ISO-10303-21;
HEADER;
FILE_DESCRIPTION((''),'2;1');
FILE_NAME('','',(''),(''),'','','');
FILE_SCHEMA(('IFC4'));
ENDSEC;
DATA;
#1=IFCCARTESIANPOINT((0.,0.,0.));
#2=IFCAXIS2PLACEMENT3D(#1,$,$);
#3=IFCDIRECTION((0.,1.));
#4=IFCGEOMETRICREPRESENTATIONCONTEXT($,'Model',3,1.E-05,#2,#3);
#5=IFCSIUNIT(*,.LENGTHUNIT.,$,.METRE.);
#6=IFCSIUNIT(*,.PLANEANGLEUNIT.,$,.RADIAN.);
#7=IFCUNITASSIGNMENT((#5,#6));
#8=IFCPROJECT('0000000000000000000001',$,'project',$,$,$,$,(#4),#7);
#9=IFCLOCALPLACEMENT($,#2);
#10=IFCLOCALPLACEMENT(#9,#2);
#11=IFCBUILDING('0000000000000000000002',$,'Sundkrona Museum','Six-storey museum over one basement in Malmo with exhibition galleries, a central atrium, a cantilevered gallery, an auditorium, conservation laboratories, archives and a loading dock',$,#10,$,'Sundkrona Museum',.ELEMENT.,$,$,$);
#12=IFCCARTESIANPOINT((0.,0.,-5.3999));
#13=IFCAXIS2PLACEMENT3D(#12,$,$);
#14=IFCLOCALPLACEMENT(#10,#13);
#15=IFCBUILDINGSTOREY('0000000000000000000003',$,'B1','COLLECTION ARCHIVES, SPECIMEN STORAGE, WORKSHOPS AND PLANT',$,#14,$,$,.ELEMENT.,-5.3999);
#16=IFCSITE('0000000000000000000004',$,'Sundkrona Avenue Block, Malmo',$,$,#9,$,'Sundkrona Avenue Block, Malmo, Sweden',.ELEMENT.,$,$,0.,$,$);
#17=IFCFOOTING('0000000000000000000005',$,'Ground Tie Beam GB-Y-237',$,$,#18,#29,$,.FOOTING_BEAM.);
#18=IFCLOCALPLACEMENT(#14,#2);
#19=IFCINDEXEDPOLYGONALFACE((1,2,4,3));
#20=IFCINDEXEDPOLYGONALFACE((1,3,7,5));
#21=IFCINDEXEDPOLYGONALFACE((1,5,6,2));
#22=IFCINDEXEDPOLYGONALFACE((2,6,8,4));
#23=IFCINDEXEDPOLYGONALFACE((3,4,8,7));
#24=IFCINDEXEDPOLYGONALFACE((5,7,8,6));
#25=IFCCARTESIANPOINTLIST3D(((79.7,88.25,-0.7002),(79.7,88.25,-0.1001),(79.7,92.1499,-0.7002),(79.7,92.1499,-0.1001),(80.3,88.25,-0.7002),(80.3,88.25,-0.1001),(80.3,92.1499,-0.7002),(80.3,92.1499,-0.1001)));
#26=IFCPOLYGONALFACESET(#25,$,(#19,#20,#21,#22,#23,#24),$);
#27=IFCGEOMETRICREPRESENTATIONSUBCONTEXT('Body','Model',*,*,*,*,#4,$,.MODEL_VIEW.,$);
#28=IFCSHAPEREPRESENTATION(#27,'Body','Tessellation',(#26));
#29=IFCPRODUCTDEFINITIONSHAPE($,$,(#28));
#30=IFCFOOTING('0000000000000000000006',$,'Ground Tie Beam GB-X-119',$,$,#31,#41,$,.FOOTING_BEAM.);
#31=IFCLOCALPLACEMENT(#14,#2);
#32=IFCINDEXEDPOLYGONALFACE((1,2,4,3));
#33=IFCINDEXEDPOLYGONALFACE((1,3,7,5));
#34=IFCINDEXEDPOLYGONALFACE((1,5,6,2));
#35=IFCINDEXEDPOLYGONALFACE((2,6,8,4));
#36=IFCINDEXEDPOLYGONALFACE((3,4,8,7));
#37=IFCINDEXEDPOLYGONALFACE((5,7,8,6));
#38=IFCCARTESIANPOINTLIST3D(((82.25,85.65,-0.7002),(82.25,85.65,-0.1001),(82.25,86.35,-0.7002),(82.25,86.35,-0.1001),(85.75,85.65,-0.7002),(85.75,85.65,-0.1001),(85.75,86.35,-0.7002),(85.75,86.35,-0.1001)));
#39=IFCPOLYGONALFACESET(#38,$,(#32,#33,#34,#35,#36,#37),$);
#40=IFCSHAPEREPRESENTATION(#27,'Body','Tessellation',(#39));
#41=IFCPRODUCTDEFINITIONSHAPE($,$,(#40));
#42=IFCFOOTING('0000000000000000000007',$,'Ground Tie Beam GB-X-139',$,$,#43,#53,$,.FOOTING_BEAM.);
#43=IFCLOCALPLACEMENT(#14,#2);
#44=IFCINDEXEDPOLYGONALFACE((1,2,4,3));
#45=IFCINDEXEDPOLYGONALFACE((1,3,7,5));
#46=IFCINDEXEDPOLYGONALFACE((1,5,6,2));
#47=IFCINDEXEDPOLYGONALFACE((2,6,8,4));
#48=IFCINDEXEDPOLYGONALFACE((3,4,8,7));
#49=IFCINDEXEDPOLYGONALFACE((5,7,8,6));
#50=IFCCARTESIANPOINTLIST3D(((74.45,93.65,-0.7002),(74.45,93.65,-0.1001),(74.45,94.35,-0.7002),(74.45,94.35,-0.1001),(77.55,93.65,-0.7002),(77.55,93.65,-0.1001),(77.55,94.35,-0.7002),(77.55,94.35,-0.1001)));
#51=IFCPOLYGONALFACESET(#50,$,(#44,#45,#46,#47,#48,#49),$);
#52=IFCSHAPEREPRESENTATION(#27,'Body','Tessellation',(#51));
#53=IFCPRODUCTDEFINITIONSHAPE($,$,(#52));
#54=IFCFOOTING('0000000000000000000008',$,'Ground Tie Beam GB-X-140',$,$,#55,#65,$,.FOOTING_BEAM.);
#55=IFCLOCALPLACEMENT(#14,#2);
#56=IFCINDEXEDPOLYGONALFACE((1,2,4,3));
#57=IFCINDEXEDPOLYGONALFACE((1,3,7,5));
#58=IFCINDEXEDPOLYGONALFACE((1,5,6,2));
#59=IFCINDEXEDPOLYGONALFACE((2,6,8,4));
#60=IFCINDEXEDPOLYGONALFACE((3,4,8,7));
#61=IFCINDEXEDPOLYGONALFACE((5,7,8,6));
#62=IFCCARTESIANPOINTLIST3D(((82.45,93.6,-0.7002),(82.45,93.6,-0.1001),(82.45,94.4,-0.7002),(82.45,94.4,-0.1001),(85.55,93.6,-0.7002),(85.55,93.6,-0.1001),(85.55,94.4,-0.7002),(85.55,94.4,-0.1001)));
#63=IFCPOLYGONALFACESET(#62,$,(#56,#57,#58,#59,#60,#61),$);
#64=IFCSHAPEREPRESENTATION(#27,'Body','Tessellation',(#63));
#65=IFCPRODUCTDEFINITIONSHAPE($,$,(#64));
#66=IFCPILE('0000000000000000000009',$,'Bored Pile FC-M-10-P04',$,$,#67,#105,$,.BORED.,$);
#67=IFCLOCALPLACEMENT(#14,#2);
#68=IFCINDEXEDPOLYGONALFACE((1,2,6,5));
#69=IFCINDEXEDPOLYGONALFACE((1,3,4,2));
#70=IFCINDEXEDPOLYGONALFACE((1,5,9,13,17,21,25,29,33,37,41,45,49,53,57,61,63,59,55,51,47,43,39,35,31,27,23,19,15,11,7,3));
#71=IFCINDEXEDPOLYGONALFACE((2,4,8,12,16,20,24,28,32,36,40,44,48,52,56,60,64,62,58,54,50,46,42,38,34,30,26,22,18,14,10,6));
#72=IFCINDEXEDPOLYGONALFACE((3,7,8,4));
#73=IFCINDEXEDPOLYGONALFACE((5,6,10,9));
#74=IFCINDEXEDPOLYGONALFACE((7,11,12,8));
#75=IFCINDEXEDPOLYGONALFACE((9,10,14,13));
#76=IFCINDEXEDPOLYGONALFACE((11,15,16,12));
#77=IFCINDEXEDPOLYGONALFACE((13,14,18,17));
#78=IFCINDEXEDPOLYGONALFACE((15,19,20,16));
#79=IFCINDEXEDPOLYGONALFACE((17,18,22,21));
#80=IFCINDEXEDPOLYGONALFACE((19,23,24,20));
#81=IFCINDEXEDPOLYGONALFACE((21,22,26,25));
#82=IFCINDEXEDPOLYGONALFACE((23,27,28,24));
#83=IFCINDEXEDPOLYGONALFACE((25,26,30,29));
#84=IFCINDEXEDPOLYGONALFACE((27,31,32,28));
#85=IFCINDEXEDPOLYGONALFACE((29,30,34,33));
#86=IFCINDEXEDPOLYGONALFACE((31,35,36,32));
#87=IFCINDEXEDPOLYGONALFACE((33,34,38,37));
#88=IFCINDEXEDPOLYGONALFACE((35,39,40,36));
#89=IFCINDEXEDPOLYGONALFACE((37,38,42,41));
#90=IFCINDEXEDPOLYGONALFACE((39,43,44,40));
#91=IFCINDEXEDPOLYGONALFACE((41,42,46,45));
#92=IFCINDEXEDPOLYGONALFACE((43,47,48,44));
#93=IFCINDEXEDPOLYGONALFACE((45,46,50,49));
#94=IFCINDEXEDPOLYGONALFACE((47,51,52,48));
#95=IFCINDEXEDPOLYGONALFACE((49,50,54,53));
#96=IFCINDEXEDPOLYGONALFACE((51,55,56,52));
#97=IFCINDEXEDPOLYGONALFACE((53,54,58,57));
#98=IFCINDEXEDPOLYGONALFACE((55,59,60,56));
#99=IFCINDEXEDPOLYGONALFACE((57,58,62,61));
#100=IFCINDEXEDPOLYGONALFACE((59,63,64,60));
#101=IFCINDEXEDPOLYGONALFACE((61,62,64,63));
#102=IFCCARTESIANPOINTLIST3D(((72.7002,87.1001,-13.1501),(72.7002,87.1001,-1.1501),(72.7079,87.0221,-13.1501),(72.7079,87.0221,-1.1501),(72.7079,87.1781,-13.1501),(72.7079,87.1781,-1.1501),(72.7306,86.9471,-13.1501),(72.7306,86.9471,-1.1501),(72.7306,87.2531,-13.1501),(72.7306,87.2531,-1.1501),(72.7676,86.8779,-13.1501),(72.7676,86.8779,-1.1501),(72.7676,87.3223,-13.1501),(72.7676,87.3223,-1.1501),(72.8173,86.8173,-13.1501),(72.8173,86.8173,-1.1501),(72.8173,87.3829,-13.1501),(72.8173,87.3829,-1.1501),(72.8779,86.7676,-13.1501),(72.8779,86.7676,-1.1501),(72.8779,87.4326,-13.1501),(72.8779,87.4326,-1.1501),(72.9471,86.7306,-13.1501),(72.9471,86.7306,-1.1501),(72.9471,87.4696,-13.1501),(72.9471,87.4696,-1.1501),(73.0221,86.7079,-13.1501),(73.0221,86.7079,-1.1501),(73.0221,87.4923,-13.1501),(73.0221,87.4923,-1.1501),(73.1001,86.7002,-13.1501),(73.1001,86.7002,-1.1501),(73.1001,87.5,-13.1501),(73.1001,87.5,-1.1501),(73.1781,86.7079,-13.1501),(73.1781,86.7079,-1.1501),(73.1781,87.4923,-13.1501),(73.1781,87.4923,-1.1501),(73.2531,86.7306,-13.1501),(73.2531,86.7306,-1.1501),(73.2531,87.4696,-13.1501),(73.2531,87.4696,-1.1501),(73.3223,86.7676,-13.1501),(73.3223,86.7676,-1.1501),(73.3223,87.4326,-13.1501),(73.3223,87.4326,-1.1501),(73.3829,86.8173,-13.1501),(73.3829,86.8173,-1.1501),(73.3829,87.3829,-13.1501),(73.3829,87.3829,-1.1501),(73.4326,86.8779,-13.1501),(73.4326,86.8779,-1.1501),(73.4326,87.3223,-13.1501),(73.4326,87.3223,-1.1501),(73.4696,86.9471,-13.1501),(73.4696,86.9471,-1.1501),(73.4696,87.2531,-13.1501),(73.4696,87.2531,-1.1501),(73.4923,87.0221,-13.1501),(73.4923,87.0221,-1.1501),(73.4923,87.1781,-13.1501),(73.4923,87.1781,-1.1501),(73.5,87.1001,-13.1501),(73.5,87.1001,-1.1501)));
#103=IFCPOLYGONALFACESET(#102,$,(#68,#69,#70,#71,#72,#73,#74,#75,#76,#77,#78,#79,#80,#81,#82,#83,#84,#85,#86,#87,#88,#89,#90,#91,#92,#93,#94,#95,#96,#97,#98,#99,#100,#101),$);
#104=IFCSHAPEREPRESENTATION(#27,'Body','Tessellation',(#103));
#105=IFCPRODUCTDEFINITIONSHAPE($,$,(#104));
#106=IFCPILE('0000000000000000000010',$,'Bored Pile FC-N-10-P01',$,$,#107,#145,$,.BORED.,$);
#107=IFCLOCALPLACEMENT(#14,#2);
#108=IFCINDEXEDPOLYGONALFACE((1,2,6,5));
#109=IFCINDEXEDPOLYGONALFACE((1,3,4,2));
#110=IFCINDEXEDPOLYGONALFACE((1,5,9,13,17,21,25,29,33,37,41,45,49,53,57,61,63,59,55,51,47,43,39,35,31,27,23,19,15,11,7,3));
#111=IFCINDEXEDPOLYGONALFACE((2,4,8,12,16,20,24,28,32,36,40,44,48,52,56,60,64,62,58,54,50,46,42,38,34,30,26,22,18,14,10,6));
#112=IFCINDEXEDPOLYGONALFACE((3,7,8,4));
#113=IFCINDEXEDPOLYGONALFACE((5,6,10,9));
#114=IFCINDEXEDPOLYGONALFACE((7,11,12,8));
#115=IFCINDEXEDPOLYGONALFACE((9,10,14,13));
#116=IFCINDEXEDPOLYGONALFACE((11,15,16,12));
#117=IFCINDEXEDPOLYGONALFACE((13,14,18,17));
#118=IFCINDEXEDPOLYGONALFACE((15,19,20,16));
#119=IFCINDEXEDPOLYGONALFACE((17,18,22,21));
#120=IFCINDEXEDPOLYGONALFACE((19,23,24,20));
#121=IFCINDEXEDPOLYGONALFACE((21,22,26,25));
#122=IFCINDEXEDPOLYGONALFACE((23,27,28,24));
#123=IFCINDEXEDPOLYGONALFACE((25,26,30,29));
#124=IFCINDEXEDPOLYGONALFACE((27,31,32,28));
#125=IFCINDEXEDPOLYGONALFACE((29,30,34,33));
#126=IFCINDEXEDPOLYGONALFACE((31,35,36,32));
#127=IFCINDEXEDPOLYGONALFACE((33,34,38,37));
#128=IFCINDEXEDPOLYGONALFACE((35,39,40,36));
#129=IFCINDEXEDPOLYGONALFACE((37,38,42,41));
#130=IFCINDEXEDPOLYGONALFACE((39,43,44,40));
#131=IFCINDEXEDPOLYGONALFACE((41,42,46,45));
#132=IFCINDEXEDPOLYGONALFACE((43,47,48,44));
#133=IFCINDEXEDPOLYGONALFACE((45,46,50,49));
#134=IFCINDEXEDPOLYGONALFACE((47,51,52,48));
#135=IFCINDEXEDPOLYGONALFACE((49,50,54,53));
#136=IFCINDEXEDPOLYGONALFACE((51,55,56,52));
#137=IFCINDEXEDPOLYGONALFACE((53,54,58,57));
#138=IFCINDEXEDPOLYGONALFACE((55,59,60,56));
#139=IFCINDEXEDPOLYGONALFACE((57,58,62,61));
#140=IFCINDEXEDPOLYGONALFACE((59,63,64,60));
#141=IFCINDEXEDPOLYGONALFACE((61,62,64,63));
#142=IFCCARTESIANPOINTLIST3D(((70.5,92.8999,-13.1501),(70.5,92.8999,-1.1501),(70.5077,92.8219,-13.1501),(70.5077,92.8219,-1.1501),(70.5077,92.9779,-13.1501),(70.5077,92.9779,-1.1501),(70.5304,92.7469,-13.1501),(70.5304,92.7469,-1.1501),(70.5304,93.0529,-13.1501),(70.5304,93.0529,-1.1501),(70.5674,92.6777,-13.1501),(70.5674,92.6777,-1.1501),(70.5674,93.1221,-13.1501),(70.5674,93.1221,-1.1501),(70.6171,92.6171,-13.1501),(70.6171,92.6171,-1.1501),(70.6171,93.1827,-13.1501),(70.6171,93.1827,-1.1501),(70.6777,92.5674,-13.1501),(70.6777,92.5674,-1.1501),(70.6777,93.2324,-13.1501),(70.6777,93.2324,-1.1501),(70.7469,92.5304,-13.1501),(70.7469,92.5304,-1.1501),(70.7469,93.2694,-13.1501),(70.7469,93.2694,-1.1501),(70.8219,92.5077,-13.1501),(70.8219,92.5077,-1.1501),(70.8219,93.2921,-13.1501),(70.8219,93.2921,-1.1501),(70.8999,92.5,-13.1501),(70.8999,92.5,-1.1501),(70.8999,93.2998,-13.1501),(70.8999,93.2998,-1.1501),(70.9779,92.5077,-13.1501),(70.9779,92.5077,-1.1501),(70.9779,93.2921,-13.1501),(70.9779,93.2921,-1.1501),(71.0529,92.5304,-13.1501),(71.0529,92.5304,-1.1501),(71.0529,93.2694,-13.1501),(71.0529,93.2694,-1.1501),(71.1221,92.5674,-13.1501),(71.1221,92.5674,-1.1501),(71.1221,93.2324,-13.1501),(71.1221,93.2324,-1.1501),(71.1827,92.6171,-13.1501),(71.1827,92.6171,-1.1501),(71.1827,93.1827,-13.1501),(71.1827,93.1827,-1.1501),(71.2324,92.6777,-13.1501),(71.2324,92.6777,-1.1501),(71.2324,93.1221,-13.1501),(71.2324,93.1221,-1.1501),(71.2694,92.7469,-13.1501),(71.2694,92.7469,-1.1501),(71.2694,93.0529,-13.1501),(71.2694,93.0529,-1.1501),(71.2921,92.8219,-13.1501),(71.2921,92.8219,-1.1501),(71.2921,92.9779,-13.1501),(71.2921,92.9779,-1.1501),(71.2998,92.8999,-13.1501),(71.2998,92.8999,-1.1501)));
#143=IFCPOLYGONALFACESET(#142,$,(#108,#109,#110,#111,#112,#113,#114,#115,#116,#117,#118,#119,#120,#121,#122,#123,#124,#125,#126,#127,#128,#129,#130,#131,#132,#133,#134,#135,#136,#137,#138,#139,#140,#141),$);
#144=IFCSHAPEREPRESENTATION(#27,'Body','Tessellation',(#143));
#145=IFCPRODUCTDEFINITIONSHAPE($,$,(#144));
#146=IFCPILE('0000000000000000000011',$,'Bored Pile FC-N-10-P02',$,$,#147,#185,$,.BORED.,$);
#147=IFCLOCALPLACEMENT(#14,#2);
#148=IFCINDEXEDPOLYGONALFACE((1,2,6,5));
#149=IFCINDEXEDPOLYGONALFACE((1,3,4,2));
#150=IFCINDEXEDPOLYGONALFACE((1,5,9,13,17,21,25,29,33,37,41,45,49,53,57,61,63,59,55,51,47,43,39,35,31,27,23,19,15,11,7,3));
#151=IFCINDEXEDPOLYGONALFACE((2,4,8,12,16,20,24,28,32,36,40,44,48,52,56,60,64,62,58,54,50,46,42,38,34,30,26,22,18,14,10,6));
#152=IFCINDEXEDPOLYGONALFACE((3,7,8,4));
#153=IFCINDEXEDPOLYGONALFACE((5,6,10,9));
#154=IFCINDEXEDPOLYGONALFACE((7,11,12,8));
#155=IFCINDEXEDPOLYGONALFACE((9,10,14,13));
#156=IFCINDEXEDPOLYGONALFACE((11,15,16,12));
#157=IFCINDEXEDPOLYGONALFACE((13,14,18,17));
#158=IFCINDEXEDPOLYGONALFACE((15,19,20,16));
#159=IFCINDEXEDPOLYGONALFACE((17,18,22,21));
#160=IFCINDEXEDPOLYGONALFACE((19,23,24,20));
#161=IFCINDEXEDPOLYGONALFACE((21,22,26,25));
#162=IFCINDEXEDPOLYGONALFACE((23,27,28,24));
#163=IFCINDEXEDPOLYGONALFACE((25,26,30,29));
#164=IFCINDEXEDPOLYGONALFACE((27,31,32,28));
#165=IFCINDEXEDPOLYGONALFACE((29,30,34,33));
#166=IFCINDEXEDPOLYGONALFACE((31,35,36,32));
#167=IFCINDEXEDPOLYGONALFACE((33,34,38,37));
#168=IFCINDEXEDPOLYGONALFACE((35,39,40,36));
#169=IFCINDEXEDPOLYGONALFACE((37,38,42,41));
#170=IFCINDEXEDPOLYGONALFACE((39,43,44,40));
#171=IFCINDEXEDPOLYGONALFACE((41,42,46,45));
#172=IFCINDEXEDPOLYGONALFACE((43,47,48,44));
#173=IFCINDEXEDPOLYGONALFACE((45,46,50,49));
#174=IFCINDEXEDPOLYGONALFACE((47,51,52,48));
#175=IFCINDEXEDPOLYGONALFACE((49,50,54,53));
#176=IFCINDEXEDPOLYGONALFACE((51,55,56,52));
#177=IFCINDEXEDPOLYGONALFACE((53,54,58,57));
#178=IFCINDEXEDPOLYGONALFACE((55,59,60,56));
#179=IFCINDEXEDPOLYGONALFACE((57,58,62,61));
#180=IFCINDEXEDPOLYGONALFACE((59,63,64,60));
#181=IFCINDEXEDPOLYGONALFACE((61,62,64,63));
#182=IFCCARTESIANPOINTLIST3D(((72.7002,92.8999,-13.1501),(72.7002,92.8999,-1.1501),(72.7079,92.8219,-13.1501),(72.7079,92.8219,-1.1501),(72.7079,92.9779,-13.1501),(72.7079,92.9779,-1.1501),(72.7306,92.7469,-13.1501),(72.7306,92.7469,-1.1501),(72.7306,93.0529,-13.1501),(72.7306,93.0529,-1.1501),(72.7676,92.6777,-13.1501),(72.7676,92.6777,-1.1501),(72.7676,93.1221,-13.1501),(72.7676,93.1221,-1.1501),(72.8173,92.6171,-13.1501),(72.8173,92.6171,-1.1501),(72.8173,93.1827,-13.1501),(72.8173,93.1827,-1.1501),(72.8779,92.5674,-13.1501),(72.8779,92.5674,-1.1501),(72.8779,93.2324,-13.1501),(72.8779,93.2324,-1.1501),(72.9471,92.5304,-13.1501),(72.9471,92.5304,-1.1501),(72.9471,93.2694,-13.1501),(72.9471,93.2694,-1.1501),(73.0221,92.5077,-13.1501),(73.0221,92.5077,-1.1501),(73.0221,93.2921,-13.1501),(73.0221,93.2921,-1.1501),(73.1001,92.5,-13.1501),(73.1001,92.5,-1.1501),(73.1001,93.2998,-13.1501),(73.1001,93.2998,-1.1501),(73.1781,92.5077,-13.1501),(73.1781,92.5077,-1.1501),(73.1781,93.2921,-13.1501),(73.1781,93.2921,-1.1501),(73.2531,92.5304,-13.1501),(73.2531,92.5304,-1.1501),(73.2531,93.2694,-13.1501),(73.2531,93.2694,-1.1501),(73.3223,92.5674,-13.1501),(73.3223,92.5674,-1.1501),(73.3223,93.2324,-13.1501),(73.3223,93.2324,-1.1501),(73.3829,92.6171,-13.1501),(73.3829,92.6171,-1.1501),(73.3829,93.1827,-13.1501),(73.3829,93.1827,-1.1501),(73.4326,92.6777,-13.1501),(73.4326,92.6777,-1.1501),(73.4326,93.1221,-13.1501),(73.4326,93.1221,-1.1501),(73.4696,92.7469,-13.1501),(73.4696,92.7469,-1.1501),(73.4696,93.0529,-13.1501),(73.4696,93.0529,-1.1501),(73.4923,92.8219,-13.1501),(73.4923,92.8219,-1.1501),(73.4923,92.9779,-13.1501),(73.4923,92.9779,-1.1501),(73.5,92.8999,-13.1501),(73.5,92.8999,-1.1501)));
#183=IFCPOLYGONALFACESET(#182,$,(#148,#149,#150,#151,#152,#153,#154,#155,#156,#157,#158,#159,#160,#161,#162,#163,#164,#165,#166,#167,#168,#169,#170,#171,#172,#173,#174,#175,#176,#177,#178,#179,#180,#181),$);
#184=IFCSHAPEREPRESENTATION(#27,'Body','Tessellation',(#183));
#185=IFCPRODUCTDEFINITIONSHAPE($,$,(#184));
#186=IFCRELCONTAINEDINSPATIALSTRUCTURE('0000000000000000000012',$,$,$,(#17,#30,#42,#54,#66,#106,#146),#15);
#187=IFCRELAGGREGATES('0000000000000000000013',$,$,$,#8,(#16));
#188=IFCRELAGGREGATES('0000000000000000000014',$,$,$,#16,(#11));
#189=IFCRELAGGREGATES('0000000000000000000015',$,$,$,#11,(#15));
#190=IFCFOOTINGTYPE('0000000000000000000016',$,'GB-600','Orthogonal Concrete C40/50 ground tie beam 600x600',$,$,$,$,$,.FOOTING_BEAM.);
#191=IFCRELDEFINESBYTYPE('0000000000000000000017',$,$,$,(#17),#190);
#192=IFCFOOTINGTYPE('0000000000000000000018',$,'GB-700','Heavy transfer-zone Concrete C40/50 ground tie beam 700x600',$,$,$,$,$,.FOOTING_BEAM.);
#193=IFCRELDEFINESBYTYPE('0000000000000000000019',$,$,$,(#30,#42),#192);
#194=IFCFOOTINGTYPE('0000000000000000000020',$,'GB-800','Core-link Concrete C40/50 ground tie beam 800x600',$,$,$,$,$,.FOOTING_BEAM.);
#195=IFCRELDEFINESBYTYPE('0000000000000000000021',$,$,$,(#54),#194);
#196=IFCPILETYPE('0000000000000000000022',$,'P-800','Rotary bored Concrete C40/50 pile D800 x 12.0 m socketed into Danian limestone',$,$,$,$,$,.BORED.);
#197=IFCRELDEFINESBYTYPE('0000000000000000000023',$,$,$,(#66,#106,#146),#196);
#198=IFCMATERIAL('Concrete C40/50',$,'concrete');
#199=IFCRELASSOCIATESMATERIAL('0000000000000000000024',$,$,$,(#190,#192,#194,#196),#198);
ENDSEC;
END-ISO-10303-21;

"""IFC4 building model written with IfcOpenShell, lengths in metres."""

from ifc_helpers import new_model, si_unit, direction, frame, origin, origin_2d, place, context, subcontext, project, spatial, rectangle, circle, extrude, material, material_profile, profile_set, type_object, element, save


model = new_model("IFC4")

# Units and contexts
model_context = context("Model", 3, precision=1e-05, world=origin(), true_north=direction((0.0, 1.0)))
body_context = subcontext(model_context, "Body", "Model", "MODEL_VIEW")
ifc_project = project(units=[si_unit("LENGTHUNIT", "METRE"), si_unit("PLANEANGLEUNIT", "RADIAN")], contexts=[model_context])

# Site, building, storey
site_placement = place(None, origin())
site = spatial("IfcSite", under=ifc_project, at=site_placement, Name="Sundkrona Avenue Block, Malmo", LongName="Sundkrona Avenue Block, Malmo, Sweden", CompositionType="ELEMENT", RefElevation=0.0)
building_placement = place(site_placement, origin())
building = spatial("IfcBuilding", under=site, at=building_placement, Name="Sundkrona Museum", Description="Six-storey museum over one basement in Malmo with exhibition galleries, a central atrium, a cantilevered gallery, an auditorium, conservation laboratories, archives and a loading dock", LongName="Sundkrona Museum", CompositionType="ELEMENT")
storey_placement = place(building_placement, frame((0.0, 0.0, -5.3999)))
storey = spatial("IfcBuildingStorey", under=building, at=storey_placement, Name="B1", Description="COLLECTION ARCHIVES, SPECIMEN STORAGE, WORKSHOPS AND PLANT", CompositionType="ELEMENT", Elevation=-5.3999)

# Footings
ifc_material_1 = material(Name="Concrete C40/50", Category="concrete")
footing_type_1 = type_object("IfcFootingType", Name="GB-600", Description="Orthogonal Concrete C40/50 ground tie beam 600x600", PredefinedType="FOOTING_BEAM", material=ifc_material_1)
footing_1_placement = place(storey_placement, frame((80.0, 90.2, -0.7002), z_axis=(0.0, 0.0, 1.0), x_axis=(0.0, 1.0, 0.0)))
element("IfcFooting", 1, at=footing_1_placement, inside=storey, type_object=footing_type_1, Name="Ground Tie Beam GB-Y-237", PredefinedType="FOOTING_BEAM", context=body_context, shape_type="SweptSolid", body=[
    extrude(rectangle(XDim=3.8999, YDim=0.6001, at=origin_2d()), origin(), (0.0, 0.0, 1.0), 0.6001),
])
footing_type_2 = type_object("IfcFootingType", Name="GB-700", Description="Heavy transfer-zone Concrete C40/50 ground tie beam 700x600", PredefinedType="FOOTING_BEAM", material=ifc_material_1)
footing_2_placement = place(storey_placement, frame((84.0, 86.0, -0.7002), z_axis=(0.0, 0.0, 1.0), x_axis=(1.0, 0.0, 0.0)))
element("IfcFooting", 2, at=footing_2_placement, inside=storey, type_object=footing_type_2, Name="Ground Tie Beam GB-X-119", PredefinedType="FOOTING_BEAM", context=body_context, shape_type="SweptSolid", body=[
    extrude(rectangle(XDim=3.5, YDim=0.7, at=origin_2d()), origin(), (0.0, 0.0, 1.0), 0.6001),
])
footing_3_placement = place(storey_placement, frame((76.0, 94.0, -0.7002), z_axis=(0.0, 0.0, 1.0), x_axis=(1.0, 0.0, 0.0)))
element("IfcFooting", 3, at=footing_3_placement, inside=storey, type_object=footing_type_2, Name="Ground Tie Beam GB-X-139", PredefinedType="FOOTING_BEAM", context=body_context, shape_type="SweptSolid", body=[
    extrude(rectangle(XDim=3.1001, YDim=0.7, at=origin_2d()), origin(), (0.0, 0.0, 1.0), 0.6001),
])
footing_type_3 = type_object("IfcFootingType", Name="GB-800", Description="Core-link Concrete C40/50 ground tie beam 800x600", PredefinedType="FOOTING_BEAM", material=ifc_material_1)
footing_4_placement = place(storey_placement, frame((84.0, 94.0, -0.7002), z_axis=(0.0, 0.0, 1.0), x_axis=(1.0, 0.0, 0.0)))
element("IfcFooting", 4, at=footing_4_placement, inside=storey, type_object=footing_type_3, Name="Ground Tie Beam GB-X-140", PredefinedType="FOOTING_BEAM", context=body_context, shape_type="SweptSolid", body=[
    extrude(rectangle(XDim=3.1001, YDim=0.8, at=origin_2d()), origin(), (0.0, 0.0, 1.0), 0.6001),
])

# Piles
ifc_material_profile_1 = material_profile(ifc_material_1, circle(Radius=0.3999, at=origin_2d()), Name="PILE D800")
ifc_profile_set_1 = profile_set([ifc_material_profile_1], Name="Concrete C40/50")
pile_type = type_object("IfcPileType", Name="P-800", Description="Rotary bored Concrete C40/50 pile D800 x 12.0 m socketed into Danian limestone", PredefinedType="BORED", material=ifc_profile_set_1)
for number, where, z_axis, x_axis, name in (
    (5, (73.1001, 87.1001, -1.1501), (0.0, 0.0, -1.0), (1.0, 0.0, 0.0), "Bored Pile FC-M-10-P04"),
    (6, (70.8999, 92.8999, -1.1501), (0.0, 0.0, -1.0), (1.0, 0.0, 0.0), "Bored Pile FC-N-10-P01"),
    (7, (73.1001, 92.8999, -1.1501), (0.0, 0.0, -1.0), (1.0, 0.0, 0.0), "Bored Pile FC-N-10-P02"),
):
    element("IfcPile", number, at=place(storey_placement, frame(where, z_axis=z_axis, x_axis=x_axis)), inside=storey, type_object=pile_type, Name=name, PredefinedType="BORED", context=body_context, shape_type="SweptSolid", body=[
        extrude(circle(Radius=0.3999, at=origin_2d()), origin(), (0.0, 0.0, 1.0), 12.0),
    ])

save(model, "model.ifc")
